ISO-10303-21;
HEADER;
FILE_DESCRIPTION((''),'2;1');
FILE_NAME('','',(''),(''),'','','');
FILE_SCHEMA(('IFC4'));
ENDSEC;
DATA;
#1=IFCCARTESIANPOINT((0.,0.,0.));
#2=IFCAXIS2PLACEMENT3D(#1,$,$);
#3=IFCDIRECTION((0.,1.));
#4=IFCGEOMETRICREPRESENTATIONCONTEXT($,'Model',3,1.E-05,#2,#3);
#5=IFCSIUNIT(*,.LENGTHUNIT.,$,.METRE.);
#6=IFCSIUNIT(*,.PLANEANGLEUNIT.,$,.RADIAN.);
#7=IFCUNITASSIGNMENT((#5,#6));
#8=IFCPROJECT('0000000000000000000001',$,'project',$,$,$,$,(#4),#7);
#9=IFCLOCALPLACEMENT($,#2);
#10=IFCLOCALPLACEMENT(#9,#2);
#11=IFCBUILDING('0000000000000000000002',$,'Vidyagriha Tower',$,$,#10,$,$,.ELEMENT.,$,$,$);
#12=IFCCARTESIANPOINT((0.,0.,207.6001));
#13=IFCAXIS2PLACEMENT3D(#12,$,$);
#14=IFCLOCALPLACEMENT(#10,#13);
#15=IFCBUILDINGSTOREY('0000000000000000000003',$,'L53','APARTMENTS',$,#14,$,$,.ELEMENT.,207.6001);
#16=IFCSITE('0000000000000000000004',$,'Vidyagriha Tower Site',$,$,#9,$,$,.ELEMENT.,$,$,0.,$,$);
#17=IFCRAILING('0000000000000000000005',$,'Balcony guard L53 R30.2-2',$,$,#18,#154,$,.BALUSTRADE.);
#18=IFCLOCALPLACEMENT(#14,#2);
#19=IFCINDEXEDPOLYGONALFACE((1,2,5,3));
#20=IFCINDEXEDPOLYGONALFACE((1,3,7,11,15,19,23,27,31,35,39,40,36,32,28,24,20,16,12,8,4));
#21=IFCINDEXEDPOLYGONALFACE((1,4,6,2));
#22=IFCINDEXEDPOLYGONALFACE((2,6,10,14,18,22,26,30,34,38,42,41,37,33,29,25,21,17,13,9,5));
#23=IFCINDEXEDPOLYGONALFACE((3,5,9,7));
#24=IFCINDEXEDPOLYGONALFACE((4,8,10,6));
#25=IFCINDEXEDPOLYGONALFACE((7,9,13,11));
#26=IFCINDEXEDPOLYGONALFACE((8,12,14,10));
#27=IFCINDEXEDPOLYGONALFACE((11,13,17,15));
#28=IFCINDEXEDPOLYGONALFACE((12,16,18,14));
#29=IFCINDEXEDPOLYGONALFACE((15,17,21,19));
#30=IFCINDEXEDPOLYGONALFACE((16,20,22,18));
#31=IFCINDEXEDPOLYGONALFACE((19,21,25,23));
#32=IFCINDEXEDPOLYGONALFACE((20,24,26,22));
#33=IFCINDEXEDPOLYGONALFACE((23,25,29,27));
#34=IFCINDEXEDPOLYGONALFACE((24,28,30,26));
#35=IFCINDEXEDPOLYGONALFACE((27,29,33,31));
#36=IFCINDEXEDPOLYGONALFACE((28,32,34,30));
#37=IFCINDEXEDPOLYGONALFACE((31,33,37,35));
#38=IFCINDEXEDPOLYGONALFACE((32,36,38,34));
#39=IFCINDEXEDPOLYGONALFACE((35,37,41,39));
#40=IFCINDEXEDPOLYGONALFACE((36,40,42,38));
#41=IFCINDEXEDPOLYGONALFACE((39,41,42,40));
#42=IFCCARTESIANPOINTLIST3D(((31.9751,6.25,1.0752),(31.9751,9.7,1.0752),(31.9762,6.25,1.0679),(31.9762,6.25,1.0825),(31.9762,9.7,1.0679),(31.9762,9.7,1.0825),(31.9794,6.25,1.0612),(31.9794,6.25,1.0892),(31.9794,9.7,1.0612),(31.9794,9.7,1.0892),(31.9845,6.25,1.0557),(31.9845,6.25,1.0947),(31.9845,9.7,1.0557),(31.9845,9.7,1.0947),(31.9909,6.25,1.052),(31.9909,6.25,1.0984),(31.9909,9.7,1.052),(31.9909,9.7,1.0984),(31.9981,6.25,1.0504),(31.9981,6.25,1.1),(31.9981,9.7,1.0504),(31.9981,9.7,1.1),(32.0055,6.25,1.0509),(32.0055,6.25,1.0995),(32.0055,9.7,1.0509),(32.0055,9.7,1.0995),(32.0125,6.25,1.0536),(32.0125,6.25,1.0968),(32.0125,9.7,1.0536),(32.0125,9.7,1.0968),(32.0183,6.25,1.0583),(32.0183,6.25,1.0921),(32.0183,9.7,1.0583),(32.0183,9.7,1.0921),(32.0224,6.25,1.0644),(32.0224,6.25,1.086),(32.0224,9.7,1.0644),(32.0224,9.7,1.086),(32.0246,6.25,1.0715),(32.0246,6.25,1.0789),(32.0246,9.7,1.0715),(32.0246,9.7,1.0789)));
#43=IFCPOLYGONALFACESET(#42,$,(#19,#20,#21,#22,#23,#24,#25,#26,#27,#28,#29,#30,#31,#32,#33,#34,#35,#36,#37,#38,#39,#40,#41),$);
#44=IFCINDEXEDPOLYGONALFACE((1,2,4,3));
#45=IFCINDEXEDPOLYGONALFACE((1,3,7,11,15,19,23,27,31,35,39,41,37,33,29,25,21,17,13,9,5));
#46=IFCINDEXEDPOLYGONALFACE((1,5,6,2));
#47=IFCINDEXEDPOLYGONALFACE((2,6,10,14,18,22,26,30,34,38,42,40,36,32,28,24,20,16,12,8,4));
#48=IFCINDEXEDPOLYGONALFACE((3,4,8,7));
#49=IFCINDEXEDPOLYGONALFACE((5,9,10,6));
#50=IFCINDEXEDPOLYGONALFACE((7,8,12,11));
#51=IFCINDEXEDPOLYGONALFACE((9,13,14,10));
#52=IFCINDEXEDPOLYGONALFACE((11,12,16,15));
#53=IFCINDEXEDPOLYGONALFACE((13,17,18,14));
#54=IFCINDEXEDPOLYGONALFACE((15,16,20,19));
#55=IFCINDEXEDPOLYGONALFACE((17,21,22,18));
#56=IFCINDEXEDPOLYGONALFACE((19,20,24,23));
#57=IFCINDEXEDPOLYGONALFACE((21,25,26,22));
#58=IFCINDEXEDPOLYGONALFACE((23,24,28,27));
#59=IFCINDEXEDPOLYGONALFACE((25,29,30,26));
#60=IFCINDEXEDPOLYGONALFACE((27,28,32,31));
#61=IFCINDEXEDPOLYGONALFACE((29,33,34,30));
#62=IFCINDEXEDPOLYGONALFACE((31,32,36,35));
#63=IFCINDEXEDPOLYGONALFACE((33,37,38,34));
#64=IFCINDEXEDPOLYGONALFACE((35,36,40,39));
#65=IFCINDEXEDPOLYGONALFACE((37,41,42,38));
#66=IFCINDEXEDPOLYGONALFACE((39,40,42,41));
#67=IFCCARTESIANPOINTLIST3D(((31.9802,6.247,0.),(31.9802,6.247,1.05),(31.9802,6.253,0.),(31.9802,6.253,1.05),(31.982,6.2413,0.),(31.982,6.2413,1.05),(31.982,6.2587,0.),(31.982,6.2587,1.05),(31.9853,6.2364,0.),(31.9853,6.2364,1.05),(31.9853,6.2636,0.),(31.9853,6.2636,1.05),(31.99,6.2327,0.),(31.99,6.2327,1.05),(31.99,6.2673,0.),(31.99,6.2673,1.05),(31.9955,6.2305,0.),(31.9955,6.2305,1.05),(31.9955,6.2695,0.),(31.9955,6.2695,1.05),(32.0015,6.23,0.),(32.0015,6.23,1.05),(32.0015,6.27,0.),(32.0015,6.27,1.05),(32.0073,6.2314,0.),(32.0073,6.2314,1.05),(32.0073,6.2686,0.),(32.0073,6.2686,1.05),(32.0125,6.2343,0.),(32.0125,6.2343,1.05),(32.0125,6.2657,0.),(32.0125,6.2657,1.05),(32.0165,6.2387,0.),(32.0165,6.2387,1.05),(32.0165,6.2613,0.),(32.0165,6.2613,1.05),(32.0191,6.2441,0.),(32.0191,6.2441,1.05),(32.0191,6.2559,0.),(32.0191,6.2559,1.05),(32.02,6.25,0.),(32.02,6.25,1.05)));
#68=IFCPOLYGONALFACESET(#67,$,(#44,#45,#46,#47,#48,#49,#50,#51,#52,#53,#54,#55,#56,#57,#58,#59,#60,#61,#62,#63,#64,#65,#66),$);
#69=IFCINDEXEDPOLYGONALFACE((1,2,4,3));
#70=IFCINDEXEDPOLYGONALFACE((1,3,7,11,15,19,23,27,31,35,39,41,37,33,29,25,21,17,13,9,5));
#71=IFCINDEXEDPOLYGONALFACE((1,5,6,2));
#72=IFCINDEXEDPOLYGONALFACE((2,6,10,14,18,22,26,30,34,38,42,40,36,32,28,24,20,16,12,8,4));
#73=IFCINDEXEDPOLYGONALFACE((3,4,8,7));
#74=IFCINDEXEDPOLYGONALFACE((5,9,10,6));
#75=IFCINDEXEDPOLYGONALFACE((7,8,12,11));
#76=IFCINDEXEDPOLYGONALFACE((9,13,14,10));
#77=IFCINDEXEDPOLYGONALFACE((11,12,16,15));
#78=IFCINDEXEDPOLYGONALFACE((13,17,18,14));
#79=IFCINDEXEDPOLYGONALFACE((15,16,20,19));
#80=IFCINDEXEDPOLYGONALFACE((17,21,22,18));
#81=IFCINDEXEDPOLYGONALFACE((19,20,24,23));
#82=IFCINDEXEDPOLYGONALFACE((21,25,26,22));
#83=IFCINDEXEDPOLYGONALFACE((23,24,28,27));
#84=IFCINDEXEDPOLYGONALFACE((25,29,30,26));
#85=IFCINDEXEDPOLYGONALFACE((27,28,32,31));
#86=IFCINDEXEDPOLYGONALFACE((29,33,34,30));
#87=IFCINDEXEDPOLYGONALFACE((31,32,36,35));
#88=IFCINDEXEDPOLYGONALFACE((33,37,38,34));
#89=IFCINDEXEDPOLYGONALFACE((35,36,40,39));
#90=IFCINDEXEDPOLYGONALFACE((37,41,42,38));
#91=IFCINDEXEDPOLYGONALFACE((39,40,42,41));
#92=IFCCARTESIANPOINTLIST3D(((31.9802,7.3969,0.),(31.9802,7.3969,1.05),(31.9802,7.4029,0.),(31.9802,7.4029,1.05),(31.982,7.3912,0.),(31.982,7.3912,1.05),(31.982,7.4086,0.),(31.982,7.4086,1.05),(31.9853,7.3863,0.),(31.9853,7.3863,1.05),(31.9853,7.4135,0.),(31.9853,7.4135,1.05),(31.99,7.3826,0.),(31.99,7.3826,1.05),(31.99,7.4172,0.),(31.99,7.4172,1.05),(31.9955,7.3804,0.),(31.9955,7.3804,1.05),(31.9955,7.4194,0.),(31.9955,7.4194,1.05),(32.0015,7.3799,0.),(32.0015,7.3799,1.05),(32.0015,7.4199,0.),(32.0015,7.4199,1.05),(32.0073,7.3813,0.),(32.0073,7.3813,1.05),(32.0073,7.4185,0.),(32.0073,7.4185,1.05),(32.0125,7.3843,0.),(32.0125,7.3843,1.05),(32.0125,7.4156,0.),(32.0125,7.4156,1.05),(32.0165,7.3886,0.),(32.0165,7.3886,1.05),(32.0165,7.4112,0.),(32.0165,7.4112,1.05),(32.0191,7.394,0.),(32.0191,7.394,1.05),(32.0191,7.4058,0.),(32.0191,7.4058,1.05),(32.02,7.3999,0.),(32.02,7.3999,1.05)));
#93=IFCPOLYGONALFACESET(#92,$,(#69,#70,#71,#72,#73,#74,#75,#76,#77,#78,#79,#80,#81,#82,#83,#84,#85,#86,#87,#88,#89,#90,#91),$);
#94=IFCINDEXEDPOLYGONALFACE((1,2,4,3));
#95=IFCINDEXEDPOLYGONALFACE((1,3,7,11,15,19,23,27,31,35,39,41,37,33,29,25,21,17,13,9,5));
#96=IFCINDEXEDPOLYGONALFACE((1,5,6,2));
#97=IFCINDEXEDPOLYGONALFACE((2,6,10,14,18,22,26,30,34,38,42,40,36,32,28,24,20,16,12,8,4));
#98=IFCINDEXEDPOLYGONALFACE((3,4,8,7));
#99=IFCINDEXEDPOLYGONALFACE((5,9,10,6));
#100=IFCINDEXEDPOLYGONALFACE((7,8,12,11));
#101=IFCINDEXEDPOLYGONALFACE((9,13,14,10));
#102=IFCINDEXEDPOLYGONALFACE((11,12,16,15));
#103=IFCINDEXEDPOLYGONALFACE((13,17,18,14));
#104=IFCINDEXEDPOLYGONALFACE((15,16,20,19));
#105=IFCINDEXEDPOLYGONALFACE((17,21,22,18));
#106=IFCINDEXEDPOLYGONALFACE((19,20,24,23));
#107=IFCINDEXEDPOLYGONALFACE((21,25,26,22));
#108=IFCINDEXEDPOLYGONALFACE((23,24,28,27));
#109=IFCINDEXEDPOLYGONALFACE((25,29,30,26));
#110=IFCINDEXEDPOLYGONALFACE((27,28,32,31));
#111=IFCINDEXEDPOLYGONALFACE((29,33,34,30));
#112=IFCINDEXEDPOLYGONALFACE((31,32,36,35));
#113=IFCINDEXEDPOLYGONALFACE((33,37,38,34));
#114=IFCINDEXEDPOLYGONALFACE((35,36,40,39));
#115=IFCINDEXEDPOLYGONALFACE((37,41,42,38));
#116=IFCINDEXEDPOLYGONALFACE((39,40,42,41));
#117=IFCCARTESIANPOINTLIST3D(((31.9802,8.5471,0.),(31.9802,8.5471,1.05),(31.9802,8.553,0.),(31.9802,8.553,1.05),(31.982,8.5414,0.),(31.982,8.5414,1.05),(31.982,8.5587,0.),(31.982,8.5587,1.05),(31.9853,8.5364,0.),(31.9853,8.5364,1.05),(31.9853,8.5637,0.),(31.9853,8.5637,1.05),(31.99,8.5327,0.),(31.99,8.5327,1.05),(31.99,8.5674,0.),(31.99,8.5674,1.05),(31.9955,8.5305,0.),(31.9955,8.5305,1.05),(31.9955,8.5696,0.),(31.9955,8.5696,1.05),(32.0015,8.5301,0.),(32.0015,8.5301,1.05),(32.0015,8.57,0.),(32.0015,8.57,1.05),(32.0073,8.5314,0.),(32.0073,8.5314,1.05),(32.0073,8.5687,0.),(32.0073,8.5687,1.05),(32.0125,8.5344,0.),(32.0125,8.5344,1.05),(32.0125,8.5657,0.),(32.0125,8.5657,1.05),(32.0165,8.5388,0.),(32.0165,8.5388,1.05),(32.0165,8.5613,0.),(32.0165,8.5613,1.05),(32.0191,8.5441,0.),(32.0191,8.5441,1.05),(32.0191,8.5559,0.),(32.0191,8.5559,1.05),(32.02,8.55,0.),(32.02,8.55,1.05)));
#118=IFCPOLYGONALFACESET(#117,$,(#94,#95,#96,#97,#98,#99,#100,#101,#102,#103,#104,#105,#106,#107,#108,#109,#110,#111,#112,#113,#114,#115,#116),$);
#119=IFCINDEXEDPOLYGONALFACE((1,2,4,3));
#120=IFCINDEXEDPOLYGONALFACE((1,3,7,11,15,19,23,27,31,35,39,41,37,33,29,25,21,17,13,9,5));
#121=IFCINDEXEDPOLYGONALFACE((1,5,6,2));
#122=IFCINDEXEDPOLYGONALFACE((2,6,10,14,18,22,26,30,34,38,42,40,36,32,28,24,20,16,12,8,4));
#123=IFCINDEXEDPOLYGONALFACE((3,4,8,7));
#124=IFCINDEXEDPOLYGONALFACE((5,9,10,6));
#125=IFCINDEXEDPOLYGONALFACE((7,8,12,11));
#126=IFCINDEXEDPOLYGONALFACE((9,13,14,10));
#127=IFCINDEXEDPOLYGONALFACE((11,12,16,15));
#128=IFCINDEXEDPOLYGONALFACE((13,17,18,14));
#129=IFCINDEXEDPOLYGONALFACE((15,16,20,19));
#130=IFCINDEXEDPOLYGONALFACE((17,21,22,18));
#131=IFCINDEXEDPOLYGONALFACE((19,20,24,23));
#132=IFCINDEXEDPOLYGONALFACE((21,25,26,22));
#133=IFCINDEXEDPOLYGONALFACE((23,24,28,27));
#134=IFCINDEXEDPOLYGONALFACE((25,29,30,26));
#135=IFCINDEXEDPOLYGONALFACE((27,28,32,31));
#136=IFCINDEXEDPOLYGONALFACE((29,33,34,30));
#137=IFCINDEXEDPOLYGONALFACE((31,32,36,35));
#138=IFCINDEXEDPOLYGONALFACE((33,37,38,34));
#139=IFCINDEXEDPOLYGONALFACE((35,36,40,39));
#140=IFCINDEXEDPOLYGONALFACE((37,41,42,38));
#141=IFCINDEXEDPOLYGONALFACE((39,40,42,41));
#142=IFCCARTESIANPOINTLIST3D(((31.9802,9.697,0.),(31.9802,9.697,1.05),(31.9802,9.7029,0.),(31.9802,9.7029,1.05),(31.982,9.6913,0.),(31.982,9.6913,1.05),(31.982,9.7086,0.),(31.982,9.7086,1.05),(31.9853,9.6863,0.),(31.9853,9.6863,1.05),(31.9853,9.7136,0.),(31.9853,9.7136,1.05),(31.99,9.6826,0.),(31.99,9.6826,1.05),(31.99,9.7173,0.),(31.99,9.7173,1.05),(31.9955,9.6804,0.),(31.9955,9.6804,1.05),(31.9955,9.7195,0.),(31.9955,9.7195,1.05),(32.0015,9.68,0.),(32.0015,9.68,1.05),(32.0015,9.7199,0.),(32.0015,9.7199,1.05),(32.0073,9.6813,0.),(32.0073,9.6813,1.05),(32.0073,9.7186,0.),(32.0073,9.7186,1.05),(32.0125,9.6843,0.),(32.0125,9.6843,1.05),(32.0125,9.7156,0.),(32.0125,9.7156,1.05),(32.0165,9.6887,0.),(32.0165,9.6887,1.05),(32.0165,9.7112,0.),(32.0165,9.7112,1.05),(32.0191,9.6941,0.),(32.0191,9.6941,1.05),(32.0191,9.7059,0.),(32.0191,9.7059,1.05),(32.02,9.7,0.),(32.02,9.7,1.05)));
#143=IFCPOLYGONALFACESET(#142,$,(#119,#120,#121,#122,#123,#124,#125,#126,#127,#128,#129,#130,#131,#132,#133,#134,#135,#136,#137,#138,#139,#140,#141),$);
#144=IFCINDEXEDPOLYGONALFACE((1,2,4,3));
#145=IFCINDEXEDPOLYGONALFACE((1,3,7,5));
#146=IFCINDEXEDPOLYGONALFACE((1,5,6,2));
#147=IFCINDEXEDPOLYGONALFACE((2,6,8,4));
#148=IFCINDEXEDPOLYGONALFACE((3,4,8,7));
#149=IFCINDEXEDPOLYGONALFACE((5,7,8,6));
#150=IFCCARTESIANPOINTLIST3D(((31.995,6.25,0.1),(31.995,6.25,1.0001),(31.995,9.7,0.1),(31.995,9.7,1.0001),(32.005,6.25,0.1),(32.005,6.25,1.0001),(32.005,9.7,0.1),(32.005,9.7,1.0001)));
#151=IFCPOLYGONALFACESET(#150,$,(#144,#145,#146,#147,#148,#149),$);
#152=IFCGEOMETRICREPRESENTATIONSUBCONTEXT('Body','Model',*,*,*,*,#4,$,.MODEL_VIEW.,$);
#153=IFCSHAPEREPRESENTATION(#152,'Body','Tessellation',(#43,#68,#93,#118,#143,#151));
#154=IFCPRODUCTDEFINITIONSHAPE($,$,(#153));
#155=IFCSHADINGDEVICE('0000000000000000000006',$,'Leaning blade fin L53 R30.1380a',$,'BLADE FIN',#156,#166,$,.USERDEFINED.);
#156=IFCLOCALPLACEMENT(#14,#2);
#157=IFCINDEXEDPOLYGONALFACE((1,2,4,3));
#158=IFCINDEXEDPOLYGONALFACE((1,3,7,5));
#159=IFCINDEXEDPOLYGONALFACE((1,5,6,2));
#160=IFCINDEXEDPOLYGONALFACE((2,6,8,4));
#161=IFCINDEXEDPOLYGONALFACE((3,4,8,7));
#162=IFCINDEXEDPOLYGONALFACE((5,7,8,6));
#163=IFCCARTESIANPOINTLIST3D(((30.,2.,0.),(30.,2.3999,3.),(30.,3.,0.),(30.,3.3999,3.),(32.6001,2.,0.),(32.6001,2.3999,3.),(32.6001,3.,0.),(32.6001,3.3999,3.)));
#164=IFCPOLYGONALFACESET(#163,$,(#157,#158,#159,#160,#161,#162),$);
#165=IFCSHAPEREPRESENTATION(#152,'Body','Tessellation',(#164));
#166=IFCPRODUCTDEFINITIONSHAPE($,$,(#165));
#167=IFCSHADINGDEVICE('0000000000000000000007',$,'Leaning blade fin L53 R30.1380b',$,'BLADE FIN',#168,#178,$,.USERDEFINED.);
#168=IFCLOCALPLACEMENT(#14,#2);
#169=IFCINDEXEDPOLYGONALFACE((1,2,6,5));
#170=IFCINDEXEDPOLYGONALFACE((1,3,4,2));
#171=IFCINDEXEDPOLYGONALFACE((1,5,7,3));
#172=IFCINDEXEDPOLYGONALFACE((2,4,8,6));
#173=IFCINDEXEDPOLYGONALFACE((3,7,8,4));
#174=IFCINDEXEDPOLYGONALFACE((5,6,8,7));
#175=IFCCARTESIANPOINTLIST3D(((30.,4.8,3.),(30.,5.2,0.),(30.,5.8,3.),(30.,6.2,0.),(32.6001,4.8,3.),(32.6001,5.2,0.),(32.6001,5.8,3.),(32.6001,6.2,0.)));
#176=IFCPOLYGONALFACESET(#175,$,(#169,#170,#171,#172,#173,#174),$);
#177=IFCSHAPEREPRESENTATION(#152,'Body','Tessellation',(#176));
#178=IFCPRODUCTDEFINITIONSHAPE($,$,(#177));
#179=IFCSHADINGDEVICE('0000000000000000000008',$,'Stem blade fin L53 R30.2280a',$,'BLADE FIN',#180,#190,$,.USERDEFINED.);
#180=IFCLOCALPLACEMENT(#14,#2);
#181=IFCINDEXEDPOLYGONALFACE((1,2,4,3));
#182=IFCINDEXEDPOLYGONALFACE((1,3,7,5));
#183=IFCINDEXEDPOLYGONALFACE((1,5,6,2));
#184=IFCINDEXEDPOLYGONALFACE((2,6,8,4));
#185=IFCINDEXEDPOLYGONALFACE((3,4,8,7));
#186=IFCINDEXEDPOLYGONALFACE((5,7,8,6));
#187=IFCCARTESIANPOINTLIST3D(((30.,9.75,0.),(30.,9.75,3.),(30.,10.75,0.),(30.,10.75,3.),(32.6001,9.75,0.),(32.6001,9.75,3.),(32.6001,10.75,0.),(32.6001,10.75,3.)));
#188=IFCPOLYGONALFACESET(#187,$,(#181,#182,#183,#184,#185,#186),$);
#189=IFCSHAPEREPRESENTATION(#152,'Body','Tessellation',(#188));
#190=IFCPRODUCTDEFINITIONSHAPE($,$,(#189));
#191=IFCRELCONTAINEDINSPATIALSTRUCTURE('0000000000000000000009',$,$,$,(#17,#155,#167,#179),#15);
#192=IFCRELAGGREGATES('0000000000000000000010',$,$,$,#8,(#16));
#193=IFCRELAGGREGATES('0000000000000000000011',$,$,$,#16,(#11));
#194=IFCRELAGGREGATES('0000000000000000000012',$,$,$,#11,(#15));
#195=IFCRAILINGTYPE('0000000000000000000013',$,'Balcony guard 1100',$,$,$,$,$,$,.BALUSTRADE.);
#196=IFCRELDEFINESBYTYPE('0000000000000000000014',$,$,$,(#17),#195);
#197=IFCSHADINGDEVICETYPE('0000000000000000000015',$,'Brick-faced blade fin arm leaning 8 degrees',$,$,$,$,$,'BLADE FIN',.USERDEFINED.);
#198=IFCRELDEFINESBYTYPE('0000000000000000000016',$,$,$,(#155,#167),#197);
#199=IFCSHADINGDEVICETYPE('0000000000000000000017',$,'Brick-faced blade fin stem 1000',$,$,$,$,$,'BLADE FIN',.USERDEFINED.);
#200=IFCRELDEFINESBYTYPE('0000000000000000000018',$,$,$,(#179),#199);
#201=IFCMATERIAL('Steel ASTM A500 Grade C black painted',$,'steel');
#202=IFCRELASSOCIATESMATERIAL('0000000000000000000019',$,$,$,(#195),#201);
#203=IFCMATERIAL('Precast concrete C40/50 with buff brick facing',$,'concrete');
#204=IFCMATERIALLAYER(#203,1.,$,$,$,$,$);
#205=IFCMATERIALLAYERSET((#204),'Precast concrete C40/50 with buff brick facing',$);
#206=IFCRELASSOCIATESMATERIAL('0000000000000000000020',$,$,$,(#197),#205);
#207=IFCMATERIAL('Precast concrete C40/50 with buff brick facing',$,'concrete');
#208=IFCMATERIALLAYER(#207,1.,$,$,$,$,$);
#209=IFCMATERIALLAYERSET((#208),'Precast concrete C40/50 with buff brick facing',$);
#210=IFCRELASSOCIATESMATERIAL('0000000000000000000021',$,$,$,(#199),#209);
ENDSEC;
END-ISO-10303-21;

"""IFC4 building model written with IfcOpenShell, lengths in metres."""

from ifc_helpers import new_model, si_unit, direction, frame, origin, origin_2d, place, context, subcontext, project, spatial, polyline, rectangle, circle, outline, extrude, material, layer, layer_set, type_object, element, save


model = new_model("IFC4")

# Units and contexts
model_context = context("Model", 3, precision=1e-05, world=origin(), true_north=direction((0.0, 1.0)))
body_context = subcontext(model_context, "Body", "Model", "MODEL_VIEW")
ifc_project = project(units=[si_unit("LENGTHUNIT", "METRE"), si_unit("PLANEANGLEUNIT", "RADIAN")], contexts=[model_context])

# Site, building, storey
site_placement = place(None, origin())
site = spatial("IfcSite", under=ifc_project, at=site_placement, Name="Vidyagriha Tower Site", CompositionType="ELEMENT", RefElevation=0.0)
building_placement = place(site_placement, origin())
building = spatial("IfcBuilding", under=site, at=building_placement, Name="Vidyagriha Tower", CompositionType="ELEMENT")
storey_placement = place(building_placement, frame((0.0, 0.0, 207.6001)))
storey = spatial("IfcBuildingStorey", under=building, at=storey_placement, Name="L53", Description="APARTMENTS", CompositionType="ELEMENT", Elevation=207.6001)

# Railing
ifc_material_1 = material(Name="Steel ASTM A500 Grade C black painted", Category="steel")
railing_type_1 = type_object("IfcRailingType", Name="Balcony guard 1100", PredefinedType="BALUSTRADE", material=ifc_material_1)
railing_1_placement = place(storey_placement, frame((32.0, 6.25, 0.0)))
element("IfcRailing", 1, at=railing_1_placement, inside=storey, type_object=railing_type_1, Name="Balcony guard L53 R30.2-2", PredefinedType="BALUSTRADE", context=body_context, shape_type="SweptSolid", body=[
    extrude(circle(Radius=0.0249, at=origin_2d()), frame((0.0, 0.0, 1.0752), z_axis=(0.0, 1.0, 0.0), x_axis=(-1.0, 0.0, 0.0)), (0.0, 0.0, 1.0), 3.45),
    extrude(circle(Radius=0.02, at=origin_2d()), origin(), (0.0, 0.0, 1.0), 1.05),
    extrude(circle(Radius=0.02, at=origin_2d()), frame((0.0, 1.1499, 0.0)), (0.0, 0.0, 1.0), 1.05),
    extrude(circle(Radius=0.02, at=origin_2d()), frame((0.0, 2.3, 0.0)), (0.0, 0.0, 1.0), 1.05),
    extrude(circle(Radius=0.02, at=origin_2d()), frame((0.0, 3.45, 0.0)), (0.0, 0.0, 1.0), 1.05),
    extrude(rectangle(XDim=0.01, YDim=0.9001, at=origin_2d()), frame((0.0, 0.0, 0.55), z_axis=(0.0, 1.0, 0.0), x_axis=(-1.0, 0.0, 0.0)), (0.0, 0.0, 1.0), 3.45),
])

# Shading devices
ifc_material_2 = material(Name="Precast concrete C40/50 with buff brick facing", Category="concrete")
ifc_layer_1 = layer(ifc_material_2, 1.0)
ifc_layer_set_1 = layer_set([ifc_layer_1], Name="Precast concrete C40/50 with buff brick facing")
shading_device_type_1 = type_object("IfcShadingDeviceType", Name="Brick-faced blade fin arm leaning 8 degrees", ElementType="BLADE FIN", PredefinedType="USERDEFINED", material=ifc_layer_set_1)
shading_device_1_placement = place(storey_placement, frame((31.3, 2.0, 0.0), z_axis=(0.0, 0.0, 1.0), x_axis=(0.0, 1.0, 0.0)))
element("IfcShadingDevice", 2, at=shading_device_1_placement, inside=storey, type_object=shading_device_type_1, Name="Leaning blade fin L53 R30.1380a", ObjectType="BLADE FIN", PredefinedType="USERDEFINED", context=body_context, shape_type="SweptSolid", body=[
    extrude(outline(polyline([(0.0, 0.0), (1.0, 0.0), (1.3999, 3.0), (0.3999, 3.0), (0.0, 0.0)])), frame((0.0, 1.3, 0.0), z_axis=(0.0, -1.0, 0.0), x_axis=(1.0, 0.0, 0.0)), (0.0, 0.0, 1.0), 2.6001),
])
shading_device_2_placement = place(storey_placement, frame((31.3, 4.8, 0.0), z_axis=(0.0, 0.0, 1.0), x_axis=(0.0, 1.0, 0.0)))
element("IfcShadingDevice", 3, at=shading_device_2_placement, inside=storey, type_object=shading_device_type_1, Name="Leaning blade fin L53 R30.1380b", ObjectType="BLADE FIN", PredefinedType="USERDEFINED", context=body_context, shape_type="SweptSolid", body=[
    extrude(outline(polyline([(0.3999, 0.0), (1.3999, 0.0), (1.0, 3.0), (0.0, 3.0), (0.3999, 0.0)])), frame((0.0, 1.3, 0.0), z_axis=(0.0, -1.0, 0.0), x_axis=(1.0, 0.0, 0.0)), (0.0, 0.0, 1.0), 2.6001),
])
ifc_material_3 = material(Name="Precast concrete C40/50 with buff brick facing", Category="concrete")
ifc_layer_2 = layer(ifc_material_3, 1.0)
ifc_layer_set_2 = layer_set([ifc_layer_2], Name="Precast concrete C40/50 with buff brick facing")
shading_device_type_2 = type_object("IfcShadingDeviceType", Name="Brick-faced blade fin stem 1000", ElementType="BLADE FIN", PredefinedType="USERDEFINED", material=ifc_layer_set_2)
shading_device_3_placement = place(storey_placement, frame((31.3, 9.75, 0.0), z_axis=(0.0, 0.0, 1.0), x_axis=(0.0, 1.0, 0.0)))
element("IfcShadingDevice", 4, at=shading_device_3_placement, inside=storey, type_object=shading_device_type_2, Name="Stem blade fin L53 R30.2280a", ObjectType="BLADE FIN", PredefinedType="USERDEFINED", context=body_context, shape_type="SweptSolid", body=[
    extrude(outline(polyline([(0.0, 0.0), (1.0, 0.0), (1.0, 3.0), (0.0, 3.0), (0.0, 0.0)])), frame((0.0, 1.3, 0.0), z_axis=(0.0, -1.0, 0.0), x_axis=(1.0, 0.0, 0.0)), (0.0, 0.0, 1.0), 2.6001),
])

save(model, "model.ifc")
